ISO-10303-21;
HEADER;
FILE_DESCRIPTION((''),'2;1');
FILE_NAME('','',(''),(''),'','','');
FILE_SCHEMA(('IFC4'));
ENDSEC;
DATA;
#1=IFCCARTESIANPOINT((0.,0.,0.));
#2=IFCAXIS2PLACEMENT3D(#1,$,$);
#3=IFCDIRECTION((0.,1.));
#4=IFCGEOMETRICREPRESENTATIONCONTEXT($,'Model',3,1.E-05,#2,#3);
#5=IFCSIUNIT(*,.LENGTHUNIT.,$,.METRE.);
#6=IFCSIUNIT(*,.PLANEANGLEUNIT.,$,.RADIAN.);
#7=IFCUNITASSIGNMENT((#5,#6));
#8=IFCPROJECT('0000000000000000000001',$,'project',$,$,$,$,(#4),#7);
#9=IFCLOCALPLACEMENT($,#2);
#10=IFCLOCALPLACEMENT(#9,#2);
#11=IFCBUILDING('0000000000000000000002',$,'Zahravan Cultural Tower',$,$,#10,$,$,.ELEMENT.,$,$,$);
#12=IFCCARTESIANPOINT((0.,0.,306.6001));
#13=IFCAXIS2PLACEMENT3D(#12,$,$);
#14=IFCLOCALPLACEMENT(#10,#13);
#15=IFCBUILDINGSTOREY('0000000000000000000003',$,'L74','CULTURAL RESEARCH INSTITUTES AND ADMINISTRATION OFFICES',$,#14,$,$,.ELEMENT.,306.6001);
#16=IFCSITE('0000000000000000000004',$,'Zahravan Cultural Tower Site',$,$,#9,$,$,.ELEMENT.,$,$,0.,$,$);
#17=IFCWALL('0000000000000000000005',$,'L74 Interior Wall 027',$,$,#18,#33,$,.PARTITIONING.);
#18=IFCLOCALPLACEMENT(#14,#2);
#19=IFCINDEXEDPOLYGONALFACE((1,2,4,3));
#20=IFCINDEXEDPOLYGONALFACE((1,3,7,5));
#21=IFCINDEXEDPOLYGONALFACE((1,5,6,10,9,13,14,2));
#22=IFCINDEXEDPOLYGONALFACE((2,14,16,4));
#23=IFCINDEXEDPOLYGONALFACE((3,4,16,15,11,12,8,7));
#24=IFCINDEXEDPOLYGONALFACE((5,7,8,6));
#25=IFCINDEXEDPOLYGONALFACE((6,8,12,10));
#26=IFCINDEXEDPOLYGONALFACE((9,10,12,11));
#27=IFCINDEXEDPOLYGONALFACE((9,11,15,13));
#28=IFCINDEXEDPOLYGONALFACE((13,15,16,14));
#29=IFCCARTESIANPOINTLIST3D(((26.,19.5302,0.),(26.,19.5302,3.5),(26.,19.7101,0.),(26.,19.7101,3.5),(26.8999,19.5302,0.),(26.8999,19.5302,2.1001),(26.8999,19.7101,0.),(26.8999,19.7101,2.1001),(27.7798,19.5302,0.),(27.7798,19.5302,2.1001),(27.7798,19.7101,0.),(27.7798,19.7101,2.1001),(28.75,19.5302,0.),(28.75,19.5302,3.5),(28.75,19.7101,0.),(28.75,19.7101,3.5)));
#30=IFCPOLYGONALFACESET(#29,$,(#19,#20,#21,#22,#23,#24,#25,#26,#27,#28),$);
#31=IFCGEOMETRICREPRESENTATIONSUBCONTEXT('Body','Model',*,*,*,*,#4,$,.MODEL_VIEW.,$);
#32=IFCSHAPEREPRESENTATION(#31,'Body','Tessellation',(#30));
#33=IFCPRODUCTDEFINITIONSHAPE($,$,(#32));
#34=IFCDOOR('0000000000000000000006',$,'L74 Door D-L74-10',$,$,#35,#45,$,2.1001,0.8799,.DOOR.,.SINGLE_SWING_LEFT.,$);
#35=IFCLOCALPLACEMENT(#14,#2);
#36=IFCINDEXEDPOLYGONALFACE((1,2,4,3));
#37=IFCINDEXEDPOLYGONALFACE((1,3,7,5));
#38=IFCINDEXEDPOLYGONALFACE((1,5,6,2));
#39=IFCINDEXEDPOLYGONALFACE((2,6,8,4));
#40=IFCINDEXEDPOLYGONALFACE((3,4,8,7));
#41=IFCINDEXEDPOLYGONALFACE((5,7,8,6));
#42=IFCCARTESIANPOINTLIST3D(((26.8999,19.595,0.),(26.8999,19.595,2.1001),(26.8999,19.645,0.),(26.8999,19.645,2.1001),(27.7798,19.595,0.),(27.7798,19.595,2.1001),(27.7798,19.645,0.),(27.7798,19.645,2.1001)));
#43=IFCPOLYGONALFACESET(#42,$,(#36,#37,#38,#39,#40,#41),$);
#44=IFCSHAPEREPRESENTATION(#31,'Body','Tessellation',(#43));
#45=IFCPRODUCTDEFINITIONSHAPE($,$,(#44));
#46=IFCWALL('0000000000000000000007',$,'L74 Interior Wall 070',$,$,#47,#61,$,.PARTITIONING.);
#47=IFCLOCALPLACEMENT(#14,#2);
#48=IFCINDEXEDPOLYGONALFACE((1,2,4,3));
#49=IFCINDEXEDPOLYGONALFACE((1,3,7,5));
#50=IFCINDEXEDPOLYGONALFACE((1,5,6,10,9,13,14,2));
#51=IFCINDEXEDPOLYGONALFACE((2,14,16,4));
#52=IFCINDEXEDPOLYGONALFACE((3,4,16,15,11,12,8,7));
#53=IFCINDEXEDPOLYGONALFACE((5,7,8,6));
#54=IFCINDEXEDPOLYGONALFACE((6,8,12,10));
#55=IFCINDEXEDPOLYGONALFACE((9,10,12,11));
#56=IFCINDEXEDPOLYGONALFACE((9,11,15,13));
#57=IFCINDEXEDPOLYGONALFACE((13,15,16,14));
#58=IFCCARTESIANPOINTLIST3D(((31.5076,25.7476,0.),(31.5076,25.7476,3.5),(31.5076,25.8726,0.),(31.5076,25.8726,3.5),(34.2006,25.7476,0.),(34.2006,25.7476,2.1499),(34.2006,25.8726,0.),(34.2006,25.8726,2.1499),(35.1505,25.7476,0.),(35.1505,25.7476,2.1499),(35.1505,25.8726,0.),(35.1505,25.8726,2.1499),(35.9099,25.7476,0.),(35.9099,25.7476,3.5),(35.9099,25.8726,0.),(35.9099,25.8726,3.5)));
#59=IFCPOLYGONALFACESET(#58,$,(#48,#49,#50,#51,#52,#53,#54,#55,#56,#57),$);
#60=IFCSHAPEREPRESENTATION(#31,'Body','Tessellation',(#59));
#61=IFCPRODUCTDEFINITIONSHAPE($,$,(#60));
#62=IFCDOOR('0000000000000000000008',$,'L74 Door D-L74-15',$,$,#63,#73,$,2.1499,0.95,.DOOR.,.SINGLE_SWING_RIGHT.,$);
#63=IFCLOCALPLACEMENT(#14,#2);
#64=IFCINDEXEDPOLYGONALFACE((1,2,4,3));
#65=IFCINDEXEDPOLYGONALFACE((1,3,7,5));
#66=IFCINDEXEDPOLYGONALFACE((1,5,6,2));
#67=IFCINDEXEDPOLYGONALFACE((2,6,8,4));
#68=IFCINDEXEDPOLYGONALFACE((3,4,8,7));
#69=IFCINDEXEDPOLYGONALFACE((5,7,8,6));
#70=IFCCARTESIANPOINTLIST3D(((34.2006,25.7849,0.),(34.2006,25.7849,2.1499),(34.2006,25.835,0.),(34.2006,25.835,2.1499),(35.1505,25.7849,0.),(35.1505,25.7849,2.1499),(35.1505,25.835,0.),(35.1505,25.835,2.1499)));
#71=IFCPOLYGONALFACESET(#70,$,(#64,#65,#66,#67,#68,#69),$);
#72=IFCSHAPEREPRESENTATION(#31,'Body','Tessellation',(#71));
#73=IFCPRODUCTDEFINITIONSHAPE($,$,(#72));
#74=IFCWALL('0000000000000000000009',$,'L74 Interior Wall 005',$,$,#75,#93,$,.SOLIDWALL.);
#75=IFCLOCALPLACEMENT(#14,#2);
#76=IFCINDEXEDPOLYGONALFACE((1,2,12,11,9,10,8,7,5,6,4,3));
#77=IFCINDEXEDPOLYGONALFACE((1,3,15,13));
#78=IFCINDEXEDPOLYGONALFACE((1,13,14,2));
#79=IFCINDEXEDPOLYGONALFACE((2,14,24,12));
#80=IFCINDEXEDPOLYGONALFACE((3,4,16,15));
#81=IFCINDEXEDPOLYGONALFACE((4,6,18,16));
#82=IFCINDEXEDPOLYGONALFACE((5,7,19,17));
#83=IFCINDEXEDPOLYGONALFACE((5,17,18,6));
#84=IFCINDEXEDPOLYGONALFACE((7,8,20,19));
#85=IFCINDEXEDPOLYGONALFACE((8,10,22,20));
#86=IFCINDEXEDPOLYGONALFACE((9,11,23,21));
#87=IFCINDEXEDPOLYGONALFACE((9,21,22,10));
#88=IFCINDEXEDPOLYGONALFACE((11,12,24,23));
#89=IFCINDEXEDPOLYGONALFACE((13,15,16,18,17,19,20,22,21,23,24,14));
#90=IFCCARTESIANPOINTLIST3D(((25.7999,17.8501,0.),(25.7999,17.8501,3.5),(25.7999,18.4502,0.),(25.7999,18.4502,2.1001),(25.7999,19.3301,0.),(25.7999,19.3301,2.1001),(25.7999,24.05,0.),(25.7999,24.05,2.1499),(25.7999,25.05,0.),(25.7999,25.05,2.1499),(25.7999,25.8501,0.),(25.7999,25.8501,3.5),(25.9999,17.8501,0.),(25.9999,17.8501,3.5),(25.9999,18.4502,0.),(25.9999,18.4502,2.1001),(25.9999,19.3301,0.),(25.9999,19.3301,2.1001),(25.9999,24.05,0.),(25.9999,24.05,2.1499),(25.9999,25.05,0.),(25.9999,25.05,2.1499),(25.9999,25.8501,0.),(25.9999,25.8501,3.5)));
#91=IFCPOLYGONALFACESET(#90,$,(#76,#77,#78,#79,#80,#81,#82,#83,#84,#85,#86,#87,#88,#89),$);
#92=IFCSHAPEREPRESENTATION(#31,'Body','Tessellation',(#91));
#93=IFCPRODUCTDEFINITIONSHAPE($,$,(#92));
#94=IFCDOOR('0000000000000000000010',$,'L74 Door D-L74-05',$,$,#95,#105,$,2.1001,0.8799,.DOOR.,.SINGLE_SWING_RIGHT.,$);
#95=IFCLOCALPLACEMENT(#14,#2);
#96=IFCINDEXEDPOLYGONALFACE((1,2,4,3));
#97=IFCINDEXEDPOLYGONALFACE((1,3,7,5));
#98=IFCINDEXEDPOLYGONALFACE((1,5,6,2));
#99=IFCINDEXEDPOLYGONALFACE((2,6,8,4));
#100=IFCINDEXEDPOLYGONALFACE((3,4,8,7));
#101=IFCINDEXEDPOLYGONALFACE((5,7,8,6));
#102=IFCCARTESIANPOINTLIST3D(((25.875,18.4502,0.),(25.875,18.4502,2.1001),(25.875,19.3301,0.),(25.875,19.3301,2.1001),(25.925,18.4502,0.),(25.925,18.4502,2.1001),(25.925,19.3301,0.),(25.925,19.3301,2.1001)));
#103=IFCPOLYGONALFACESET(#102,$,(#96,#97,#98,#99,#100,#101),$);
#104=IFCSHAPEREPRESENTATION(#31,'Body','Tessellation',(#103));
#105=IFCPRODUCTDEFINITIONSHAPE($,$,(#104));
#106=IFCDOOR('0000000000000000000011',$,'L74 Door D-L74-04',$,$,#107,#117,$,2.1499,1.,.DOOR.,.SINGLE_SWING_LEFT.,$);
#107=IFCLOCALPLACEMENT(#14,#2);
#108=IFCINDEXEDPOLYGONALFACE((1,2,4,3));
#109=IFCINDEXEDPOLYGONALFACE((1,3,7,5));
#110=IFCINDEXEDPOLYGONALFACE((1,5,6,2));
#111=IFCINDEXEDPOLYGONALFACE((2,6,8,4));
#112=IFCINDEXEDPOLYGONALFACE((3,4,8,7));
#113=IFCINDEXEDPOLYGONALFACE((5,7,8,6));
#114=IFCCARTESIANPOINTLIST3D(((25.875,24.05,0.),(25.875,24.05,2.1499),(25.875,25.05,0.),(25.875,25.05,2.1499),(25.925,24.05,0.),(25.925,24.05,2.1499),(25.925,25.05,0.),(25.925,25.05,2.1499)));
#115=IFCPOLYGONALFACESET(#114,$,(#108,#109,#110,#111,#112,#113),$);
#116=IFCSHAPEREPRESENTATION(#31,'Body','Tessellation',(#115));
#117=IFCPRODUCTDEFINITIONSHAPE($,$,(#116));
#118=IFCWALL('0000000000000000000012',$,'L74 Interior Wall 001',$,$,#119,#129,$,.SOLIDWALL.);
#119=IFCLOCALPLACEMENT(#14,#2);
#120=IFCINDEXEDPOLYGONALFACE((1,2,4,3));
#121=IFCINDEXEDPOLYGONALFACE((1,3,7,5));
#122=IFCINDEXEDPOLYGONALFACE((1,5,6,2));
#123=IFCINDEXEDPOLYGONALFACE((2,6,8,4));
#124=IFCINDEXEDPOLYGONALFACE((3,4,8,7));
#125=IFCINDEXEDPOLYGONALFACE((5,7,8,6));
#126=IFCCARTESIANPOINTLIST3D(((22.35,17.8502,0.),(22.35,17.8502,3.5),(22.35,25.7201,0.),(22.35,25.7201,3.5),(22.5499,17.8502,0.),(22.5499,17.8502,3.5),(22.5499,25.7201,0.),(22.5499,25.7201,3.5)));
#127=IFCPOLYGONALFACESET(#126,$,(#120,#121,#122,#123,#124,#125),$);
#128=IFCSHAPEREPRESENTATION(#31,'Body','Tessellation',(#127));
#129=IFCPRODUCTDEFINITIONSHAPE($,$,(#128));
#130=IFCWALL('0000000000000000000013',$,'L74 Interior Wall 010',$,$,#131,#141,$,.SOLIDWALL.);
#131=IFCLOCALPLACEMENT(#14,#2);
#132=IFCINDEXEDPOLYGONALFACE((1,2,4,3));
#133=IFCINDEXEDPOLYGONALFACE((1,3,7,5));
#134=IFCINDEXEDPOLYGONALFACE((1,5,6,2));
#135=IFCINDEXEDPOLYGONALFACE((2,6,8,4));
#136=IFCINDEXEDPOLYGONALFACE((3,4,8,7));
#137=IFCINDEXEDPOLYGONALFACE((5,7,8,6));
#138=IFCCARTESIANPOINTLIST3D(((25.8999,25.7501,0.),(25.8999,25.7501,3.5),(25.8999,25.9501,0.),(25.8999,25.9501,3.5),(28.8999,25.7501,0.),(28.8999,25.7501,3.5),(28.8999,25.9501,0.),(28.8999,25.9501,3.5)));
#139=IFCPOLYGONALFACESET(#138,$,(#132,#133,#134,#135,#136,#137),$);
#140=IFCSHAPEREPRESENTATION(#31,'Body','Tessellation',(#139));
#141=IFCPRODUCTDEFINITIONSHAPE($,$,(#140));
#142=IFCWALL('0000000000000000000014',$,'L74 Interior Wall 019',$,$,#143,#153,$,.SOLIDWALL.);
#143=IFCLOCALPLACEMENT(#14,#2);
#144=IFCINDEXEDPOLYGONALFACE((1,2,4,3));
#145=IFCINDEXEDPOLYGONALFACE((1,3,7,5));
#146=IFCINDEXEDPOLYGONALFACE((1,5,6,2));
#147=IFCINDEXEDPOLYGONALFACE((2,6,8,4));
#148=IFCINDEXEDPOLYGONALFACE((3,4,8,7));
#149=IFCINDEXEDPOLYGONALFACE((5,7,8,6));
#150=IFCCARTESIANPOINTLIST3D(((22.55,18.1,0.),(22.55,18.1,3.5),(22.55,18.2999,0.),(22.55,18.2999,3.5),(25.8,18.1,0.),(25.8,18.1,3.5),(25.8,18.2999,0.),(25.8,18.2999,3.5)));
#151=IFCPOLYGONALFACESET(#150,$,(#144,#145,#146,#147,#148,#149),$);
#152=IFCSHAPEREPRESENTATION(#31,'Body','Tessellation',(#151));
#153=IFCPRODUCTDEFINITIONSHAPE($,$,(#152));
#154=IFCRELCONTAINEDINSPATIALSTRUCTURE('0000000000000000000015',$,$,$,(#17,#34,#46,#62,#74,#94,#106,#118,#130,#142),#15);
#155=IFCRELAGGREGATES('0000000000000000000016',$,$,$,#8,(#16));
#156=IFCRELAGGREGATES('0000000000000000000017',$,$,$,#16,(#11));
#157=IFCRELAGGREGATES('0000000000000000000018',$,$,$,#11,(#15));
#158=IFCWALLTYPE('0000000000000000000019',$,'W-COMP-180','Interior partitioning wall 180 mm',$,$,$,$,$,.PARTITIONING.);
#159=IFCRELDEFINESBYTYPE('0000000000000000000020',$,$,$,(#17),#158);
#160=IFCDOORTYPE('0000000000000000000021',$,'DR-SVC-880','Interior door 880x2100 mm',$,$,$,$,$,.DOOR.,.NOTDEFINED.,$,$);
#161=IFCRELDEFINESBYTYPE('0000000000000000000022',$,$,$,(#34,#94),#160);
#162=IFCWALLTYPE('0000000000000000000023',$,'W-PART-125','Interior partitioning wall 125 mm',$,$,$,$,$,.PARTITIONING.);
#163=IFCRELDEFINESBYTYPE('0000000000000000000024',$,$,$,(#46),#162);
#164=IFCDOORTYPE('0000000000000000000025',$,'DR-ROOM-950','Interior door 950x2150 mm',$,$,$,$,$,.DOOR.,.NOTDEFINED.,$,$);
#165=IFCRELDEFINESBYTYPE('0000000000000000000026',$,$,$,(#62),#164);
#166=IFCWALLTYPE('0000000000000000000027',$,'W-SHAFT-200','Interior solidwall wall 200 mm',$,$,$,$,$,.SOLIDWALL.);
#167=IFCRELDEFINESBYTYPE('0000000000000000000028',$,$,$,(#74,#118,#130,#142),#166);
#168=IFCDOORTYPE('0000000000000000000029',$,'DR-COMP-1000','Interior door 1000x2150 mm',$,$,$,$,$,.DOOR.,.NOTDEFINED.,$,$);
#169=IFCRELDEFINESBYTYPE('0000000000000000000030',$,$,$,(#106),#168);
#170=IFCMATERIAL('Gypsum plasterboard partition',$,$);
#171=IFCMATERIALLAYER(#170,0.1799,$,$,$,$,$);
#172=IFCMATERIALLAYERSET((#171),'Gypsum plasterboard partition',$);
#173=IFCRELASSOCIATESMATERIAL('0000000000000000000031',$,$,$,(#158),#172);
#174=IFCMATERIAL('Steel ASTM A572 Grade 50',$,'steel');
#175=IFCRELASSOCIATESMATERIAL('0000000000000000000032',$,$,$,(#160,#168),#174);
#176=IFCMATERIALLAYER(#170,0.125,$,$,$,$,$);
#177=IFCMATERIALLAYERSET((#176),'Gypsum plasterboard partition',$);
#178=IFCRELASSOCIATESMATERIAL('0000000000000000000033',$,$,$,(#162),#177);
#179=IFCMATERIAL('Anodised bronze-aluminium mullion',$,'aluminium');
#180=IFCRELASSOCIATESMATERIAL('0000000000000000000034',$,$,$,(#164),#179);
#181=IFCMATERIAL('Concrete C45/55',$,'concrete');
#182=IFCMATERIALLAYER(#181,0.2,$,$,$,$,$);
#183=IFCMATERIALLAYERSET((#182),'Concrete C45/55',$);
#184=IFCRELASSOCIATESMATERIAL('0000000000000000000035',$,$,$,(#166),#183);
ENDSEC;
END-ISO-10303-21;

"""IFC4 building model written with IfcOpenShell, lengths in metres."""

from ifc_helpers import new_model, si_unit, direction, frame, frame_2d, origin, place, context, subcontext, project, spatial, rectangle, extrude, source, transform, mapped, material, layer, layer_set, type_object, element, fill, save


model = new_model("IFC4")

# Units and contexts
model_context = context("Model", 3, precision=1e-05, world=origin(), true_north=direction((0.0, 1.0)))
body_context = subcontext(model_context, "Body", "Model", "MODEL_VIEW")
ifc_project = project(units=[si_unit("LENGTHUNIT", "METRE"), si_unit("PLANEANGLEUNIT", "RADIAN")], contexts=[model_context])

# Site, building, storey
site_placement = place(None, origin())
site = spatial("IfcSite", under=ifc_project, at=site_placement, Name="Zahravan Cultural Tower Site", CompositionType="ELEMENT", RefElevation=0.0)
building_placement = place(site_placement, origin())
building = spatial("IfcBuilding", under=site, at=building_placement, Name="Zahravan Cultural Tower", CompositionType="ELEMENT")
storey_placement = place(building_placement, frame((0.0, 0.0, 306.6001)))
storey = spatial("IfcBuildingStorey", under=building, at=storey_placement, Name="L74", Description="CULTURAL RESEARCH INSTITUTES AND ADMINISTRATION OFFICES", CompositionType="ELEMENT", Elevation=306.6001)

# Walls, openings, doors
ifc_material_1 = material(Name="Gypsum plasterboard partition")
ifc_layer_1 = layer(ifc_material_1, 0.1799)
ifc_layer_set_1 = layer_set([ifc_layer_1], Name="Gypsum plasterboard partition")
wall_type_1 = type_object("IfcWallType", Name="W-COMP-180", Description="Interior partitioning wall 180 mm", PredefinedType="PARTITIONING", material=ifc_layer_set_1)
wall_1_placement = place(storey_placement, frame((26.0, 19.6201, 0.0), z_axis=(0.0, 0.0, 1.0), x_axis=(1.0, 0.0, 0.0)))
wall_1 = element("IfcWall", 1, at=wall_1_placement, inside=storey, type_object=wall_type_1, Name="L74 Interior Wall 027", PredefinedType="PARTITIONING", context=body_context, shape_type="SweptSolid", body=[
    extrude(rectangle(XDim=2.75, YDim=0.1799, at=frame_2d((1.375, 0.0))), origin(), (0.0, 0.0, 1.0), 3.5),
])
opening_1_placement = place(wall_1_placement, frame((0.8999, 0.0, 0.0)))
opening_1 = element("IfcOpeningElement", 2, at=opening_1_placement, cuts=wall_1, PredefinedType="OPENING", context=body_context, shape_type="SweptSolid", body=[
    extrude(rectangle(XDim=0.8799, YDim=2.1001, at=frame_2d((0.4399, 1.05))), frame((0.0, 0.0999, 0.0), z_axis=(0.0, -1.0, 0.0), x_axis=(1.0, 0.0, 0.0)), (0.0, 0.0, 1.0), 0.2),
])
ifc_material_2 = material(Name="Steel ASTM A572 Grade 50", Category="steel")
door_type_1 = type_object("IfcDoorType", Name="DR-SVC-880", Description="Interior door 880x2100 mm", OperationType="NOTDEFINED", PredefinedType="DOOR", material=ifc_material_2)
shared_shape_1 = source(origin(), body_context, "Body", "SweptSolid", [
    extrude(rectangle(XDim=0.8799, YDim=2.1001, at=frame_2d((0.4399, 1.05))), frame((0.0, 0.0249, 0.0), z_axis=(0.0, -1.0, 0.0), x_axis=(1.0, 0.0, 0.0)), (0.0, 0.0, 1.0), 0.05),
])
door_1_placement = place(opening_1_placement, origin())
door_1 = element("IfcDoor", 3, at=door_1_placement, inside=storey, type_object=door_type_1, Name="L74 Door D-L74-10", OperationType="SINGLE_SWING_LEFT", OverallHeight=2.1001, OverallWidth=0.8799, PredefinedType="DOOR", context=body_context, shape_type="MappedRepresentation", body=[
    mapped(shared_shape_1, transform((0.0, 0.0, 0.0), x_axis=(1.0, 0.0, 0.0), y_axis=(0.0, 1.0, 0.0), z_axis=(0.0, 0.0, 1.0), scale=1.0)),
])
fill(opening_1, door_1)
ifc_layer_2 = layer(ifc_material_1, 0.125)
ifc_layer_set_2 = layer_set([ifc_layer_2], Name="Gypsum plasterboard partition")
wall_type_2 = type_object("IfcWallType", Name="W-PART-125", Description="Interior partitioning wall 125 mm", PredefinedType="PARTITIONING", material=ifc_layer_set_2)
wall_2_placement = place(storey_placement, frame((31.5076, 25.8101, 0.0), z_axis=(0.0, 0.0, 1.0), x_axis=(1.0, 0.0, 0.0)))
wall_2 = element("IfcWall", 4, at=wall_2_placement, inside=storey, type_object=wall_type_2, Name="L74 Interior Wall 070", PredefinedType="PARTITIONING", context=body_context, shape_type="SweptSolid", body=[
    extrude(rectangle(XDim=4.4023, YDim=0.125, at=frame_2d((2.2012, 0.0))), origin(), (0.0, 0.0, 1.0), 3.5),
])
opening_2_placement = place(wall_2_placement, frame((2.6929, 0.0, 0.0)))
opening_2 = element("IfcOpeningElement", 5, at=opening_2_placement, cuts=wall_2, PredefinedType="OPENING", context=body_context, shape_type="SweptSolid", body=[
    extrude(rectangle(XDim=0.95, YDim=2.1499, at=frame_2d((0.4751, 1.075))), frame((0.0, 0.0725, 0.0), z_axis=(0.0, -1.0, 0.0), x_axis=(1.0, 0.0, 0.0)), (0.0, 0.0, 1.0), 0.145),
])
ifc_material_3 = material(Name="Anodised bronze-aluminium mullion", Category="aluminium")
door_type_2 = type_object("IfcDoorType", Name="DR-ROOM-950", Description="Interior door 950x2150 mm", OperationType="NOTDEFINED", PredefinedType="DOOR", material=ifc_material_3)
shared_shape_2 = source(origin(), body_context, "Body", "SweptSolid", [
    extrude(rectangle(XDim=0.95, YDim=2.1499, at=frame_2d((0.4751, 1.075))), frame((0.0, 0.0249, 0.0), z_axis=(0.0, -1.0, 0.0), x_axis=(1.0, 0.0, 0.0)), (0.0, 0.0, 1.0), 0.05),
])
door_2_placement = place(opening_2_placement, origin())
door_2 = element("IfcDoor", 6, at=door_2_placement, inside=storey, type_object=door_type_2, Name="L74 Door D-L74-15", OperationType="SINGLE_SWING_RIGHT", OverallHeight=2.1499, OverallWidth=0.95, PredefinedType="DOOR", context=body_context, shape_type="MappedRepresentation", body=[
    mapped(shared_shape_2, transform((0.0, 0.0, 0.0), x_axis=(1.0, 0.0, 0.0), y_axis=(0.0, 1.0, 0.0), z_axis=(0.0, 0.0, 1.0), scale=1.0)),
])
fill(opening_2, door_2)

# Wall, openings, doors
ifc_material_4 = material(Name="Concrete C45/55", Category="concrete")
ifc_layer_3 = layer(ifc_material_4, 0.2)
ifc_layer_set_3 = layer_set([ifc_layer_3], Name="Concrete C45/55")
wall_type_3 = type_object("IfcWallType", Name="W-SHAFT-200", Description="Interior solidwall wall 200 mm", PredefinedType="SOLIDWALL", material=ifc_layer_set_3)
wall_3_placement = place(storey_placement, frame((25.8999, 17.8501, 0.0), z_axis=(0.0, 0.0, 1.0), x_axis=(0.0, 1.0, 0.0)))
wall_3 = element("IfcWall", 7, at=wall_3_placement, inside=storey, type_object=wall_type_3, Name="L74 Interior Wall 005", PredefinedType="SOLIDWALL", context=body_context, shape_type="SweptSolid", body=[
    extrude(rectangle(XDim=8.0, YDim=0.2, at=frame_2d((4.0, 0.0))), origin(), (0.0, 0.0, 1.0), 3.5),
])
opening_3_placement = place(wall_3_placement, frame((6.2, 0.0, 0.0)))
opening_3 = element("IfcOpeningElement", 8, at=opening_3_placement, cuts=wall_3, PredefinedType="OPENING", context=body_context, shape_type="SweptSolid", body=[
    extrude(rectangle(XDim=1.0, YDim=2.1499, at=frame_2d((0.5, 1.075))), frame((0.0, 0.1099, 0.0), z_axis=(0.0, -1.0, 0.0), x_axis=(1.0, 0.0, 0.0)), (0.0, 0.0, 1.0), 0.22),
])
opening_4_placement = place(wall_3_placement, frame((0.6001, 0.0, 0.0)))
opening_4 = element("IfcOpeningElement", 9, at=opening_4_placement, cuts=wall_3, PredefinedType="OPENING", context=body_context, shape_type="SweptSolid", body=[
    extrude(rectangle(XDim=0.8799, YDim=2.1001, at=frame_2d((0.4399, 1.05))), frame((0.0, 0.1099, 0.0), z_axis=(0.0, -1.0, 0.0), x_axis=(1.0, 0.0, 0.0)), (0.0, 0.0, 1.0), 0.22),
])
door_3_placement = place(opening_4_placement, origin())
door_3 = element("IfcDoor", 10, at=door_3_placement, inside=storey, type_object=door_type_1, Name="L74 Door D-L74-05", OperationType="SINGLE_SWING_RIGHT", OverallHeight=2.1001, OverallWidth=0.8799, PredefinedType="DOOR", context=body_context, shape_type="MappedRepresentation", body=[
    mapped(shared_shape_1, transform((0.0, 0.0, 0.0), x_axis=(1.0, 0.0, 0.0), y_axis=(0.0, 1.0, 0.0), z_axis=(0.0, 0.0, 1.0), scale=1.0)),
])
fill(opening_4, door_3)
door_type_3 = type_object("IfcDoorType", Name="DR-COMP-1000", Description="Interior door 1000x2150 mm", OperationType="NOTDEFINED", PredefinedType="DOOR", material=ifc_material_2)
shared_shape_3 = source(origin(), body_context, "Body", "SweptSolid", [
    extrude(rectangle(XDim=1.0, YDim=2.1499, at=frame_2d((0.5, 1.075))), frame((0.0, 0.0249, 0.0), z_axis=(0.0, -1.0, 0.0), x_axis=(1.0, 0.0, 0.0)), (0.0, 0.0, 1.0), 0.05),
])
door_4_placement = place(opening_3_placement, origin())
door_4 = element("IfcDoor", 11, at=door_4_placement, inside=storey, type_object=door_type_3, Name="L74 Door D-L74-04", OperationType="SINGLE_SWING_LEFT", OverallHeight=2.1499, OverallWidth=1.0, PredefinedType="DOOR", context=body_context, shape_type="MappedRepresentation", body=[
    mapped(shared_shape_3, transform((0.0, 0.0, 0.0), x_axis=(1.0, 0.0, 0.0), y_axis=(0.0, 1.0, 0.0), z_axis=(0.0, 0.0, 1.0), scale=1.0)),
])
fill(opening_3, door_4)

# Walls
shared_shape_4 = source(origin(), body_context, "Body", "SweptSolid", [
    extrude(rectangle(XDim=7.8699, YDim=0.2, at=frame_2d((3.9351, 0.0))), origin(), (0.0, 0.0, 1.0), 3.5),
])
wall_4_placement = place(storey_placement, frame((22.45, 17.8501, 0.0), z_axis=(0.0, 0.0, 1.0), x_axis=(0.0, 1.0, 0.0)))
element("IfcWall", 12, at=wall_4_placement, inside=storey, type_object=wall_type_3, Name="L74 Interior Wall 001", PredefinedType="SOLIDWALL", context=body_context, shape_type="MappedRepresentation", body=[
    mapped(shared_shape_4, transform((0.0, 0.0, 0.0), x_axis=(1.0, 0.0, 0.0), y_axis=(0.0, 1.0, 0.0), z_axis=(0.0, 0.0, 1.0), scale=1.0)),
])
shared_shape_5 = source(origin(), body_context, "Body", "SweptSolid", [
    extrude(rectangle(XDim=3.0, YDim=0.2, at=frame_2d((1.5, 0.0))), origin(), (0.0, 0.0, 1.0), 3.5),
])
wall_5_placement = place(storey_placement, frame((25.8999, 25.8501, 0.0), z_axis=(0.0, 0.0, 1.0), x_axis=(1.0, 0.0, 0.0)))
element("IfcWall", 13, at=wall_5_placement, inside=storey, type_object=wall_type_3, Name="L74 Interior Wall 010", PredefinedType="SOLIDWALL", context=body_context, shape_type="MappedRepresentation", body=[
    mapped(shared_shape_5, transform((0.0, 0.0, 0.0), x_axis=(1.0, 0.0, 0.0), y_axis=(0.0, 1.0, 0.0), z_axis=(0.0, 0.0, 1.0), scale=1.0)),
])
shared_shape_6 = source(origin(), body_context, "Body", "SweptSolid", [
    extrude(rectangle(XDim=3.25, YDim=0.2, at=frame_2d((1.625, 0.0))), origin(), (0.0, 0.0, 1.0), 3.5),
])
wall_6_placement = place(storey_placement, frame((22.55, 18.2, 0.0), z_axis=(0.0, 0.0, 1.0), x_axis=(1.0, 0.0, 0.0)))
element("IfcWall", 14, at=wall_6_placement, inside=storey, type_object=wall_type_3, Name="L74 Interior Wall 019", PredefinedType="SOLIDWALL", context=body_context, shape_type="MappedRepresentation", body=[
    mapped(shared_shape_6, transform((0.0, 0.0, 0.0), x_axis=(1.0, 0.0, 0.0), y_axis=(0.0, 1.0, 0.0), z_axis=(0.0, 0.0, 1.0), scale=1.0)),
])

save(model, "model.ifc")
